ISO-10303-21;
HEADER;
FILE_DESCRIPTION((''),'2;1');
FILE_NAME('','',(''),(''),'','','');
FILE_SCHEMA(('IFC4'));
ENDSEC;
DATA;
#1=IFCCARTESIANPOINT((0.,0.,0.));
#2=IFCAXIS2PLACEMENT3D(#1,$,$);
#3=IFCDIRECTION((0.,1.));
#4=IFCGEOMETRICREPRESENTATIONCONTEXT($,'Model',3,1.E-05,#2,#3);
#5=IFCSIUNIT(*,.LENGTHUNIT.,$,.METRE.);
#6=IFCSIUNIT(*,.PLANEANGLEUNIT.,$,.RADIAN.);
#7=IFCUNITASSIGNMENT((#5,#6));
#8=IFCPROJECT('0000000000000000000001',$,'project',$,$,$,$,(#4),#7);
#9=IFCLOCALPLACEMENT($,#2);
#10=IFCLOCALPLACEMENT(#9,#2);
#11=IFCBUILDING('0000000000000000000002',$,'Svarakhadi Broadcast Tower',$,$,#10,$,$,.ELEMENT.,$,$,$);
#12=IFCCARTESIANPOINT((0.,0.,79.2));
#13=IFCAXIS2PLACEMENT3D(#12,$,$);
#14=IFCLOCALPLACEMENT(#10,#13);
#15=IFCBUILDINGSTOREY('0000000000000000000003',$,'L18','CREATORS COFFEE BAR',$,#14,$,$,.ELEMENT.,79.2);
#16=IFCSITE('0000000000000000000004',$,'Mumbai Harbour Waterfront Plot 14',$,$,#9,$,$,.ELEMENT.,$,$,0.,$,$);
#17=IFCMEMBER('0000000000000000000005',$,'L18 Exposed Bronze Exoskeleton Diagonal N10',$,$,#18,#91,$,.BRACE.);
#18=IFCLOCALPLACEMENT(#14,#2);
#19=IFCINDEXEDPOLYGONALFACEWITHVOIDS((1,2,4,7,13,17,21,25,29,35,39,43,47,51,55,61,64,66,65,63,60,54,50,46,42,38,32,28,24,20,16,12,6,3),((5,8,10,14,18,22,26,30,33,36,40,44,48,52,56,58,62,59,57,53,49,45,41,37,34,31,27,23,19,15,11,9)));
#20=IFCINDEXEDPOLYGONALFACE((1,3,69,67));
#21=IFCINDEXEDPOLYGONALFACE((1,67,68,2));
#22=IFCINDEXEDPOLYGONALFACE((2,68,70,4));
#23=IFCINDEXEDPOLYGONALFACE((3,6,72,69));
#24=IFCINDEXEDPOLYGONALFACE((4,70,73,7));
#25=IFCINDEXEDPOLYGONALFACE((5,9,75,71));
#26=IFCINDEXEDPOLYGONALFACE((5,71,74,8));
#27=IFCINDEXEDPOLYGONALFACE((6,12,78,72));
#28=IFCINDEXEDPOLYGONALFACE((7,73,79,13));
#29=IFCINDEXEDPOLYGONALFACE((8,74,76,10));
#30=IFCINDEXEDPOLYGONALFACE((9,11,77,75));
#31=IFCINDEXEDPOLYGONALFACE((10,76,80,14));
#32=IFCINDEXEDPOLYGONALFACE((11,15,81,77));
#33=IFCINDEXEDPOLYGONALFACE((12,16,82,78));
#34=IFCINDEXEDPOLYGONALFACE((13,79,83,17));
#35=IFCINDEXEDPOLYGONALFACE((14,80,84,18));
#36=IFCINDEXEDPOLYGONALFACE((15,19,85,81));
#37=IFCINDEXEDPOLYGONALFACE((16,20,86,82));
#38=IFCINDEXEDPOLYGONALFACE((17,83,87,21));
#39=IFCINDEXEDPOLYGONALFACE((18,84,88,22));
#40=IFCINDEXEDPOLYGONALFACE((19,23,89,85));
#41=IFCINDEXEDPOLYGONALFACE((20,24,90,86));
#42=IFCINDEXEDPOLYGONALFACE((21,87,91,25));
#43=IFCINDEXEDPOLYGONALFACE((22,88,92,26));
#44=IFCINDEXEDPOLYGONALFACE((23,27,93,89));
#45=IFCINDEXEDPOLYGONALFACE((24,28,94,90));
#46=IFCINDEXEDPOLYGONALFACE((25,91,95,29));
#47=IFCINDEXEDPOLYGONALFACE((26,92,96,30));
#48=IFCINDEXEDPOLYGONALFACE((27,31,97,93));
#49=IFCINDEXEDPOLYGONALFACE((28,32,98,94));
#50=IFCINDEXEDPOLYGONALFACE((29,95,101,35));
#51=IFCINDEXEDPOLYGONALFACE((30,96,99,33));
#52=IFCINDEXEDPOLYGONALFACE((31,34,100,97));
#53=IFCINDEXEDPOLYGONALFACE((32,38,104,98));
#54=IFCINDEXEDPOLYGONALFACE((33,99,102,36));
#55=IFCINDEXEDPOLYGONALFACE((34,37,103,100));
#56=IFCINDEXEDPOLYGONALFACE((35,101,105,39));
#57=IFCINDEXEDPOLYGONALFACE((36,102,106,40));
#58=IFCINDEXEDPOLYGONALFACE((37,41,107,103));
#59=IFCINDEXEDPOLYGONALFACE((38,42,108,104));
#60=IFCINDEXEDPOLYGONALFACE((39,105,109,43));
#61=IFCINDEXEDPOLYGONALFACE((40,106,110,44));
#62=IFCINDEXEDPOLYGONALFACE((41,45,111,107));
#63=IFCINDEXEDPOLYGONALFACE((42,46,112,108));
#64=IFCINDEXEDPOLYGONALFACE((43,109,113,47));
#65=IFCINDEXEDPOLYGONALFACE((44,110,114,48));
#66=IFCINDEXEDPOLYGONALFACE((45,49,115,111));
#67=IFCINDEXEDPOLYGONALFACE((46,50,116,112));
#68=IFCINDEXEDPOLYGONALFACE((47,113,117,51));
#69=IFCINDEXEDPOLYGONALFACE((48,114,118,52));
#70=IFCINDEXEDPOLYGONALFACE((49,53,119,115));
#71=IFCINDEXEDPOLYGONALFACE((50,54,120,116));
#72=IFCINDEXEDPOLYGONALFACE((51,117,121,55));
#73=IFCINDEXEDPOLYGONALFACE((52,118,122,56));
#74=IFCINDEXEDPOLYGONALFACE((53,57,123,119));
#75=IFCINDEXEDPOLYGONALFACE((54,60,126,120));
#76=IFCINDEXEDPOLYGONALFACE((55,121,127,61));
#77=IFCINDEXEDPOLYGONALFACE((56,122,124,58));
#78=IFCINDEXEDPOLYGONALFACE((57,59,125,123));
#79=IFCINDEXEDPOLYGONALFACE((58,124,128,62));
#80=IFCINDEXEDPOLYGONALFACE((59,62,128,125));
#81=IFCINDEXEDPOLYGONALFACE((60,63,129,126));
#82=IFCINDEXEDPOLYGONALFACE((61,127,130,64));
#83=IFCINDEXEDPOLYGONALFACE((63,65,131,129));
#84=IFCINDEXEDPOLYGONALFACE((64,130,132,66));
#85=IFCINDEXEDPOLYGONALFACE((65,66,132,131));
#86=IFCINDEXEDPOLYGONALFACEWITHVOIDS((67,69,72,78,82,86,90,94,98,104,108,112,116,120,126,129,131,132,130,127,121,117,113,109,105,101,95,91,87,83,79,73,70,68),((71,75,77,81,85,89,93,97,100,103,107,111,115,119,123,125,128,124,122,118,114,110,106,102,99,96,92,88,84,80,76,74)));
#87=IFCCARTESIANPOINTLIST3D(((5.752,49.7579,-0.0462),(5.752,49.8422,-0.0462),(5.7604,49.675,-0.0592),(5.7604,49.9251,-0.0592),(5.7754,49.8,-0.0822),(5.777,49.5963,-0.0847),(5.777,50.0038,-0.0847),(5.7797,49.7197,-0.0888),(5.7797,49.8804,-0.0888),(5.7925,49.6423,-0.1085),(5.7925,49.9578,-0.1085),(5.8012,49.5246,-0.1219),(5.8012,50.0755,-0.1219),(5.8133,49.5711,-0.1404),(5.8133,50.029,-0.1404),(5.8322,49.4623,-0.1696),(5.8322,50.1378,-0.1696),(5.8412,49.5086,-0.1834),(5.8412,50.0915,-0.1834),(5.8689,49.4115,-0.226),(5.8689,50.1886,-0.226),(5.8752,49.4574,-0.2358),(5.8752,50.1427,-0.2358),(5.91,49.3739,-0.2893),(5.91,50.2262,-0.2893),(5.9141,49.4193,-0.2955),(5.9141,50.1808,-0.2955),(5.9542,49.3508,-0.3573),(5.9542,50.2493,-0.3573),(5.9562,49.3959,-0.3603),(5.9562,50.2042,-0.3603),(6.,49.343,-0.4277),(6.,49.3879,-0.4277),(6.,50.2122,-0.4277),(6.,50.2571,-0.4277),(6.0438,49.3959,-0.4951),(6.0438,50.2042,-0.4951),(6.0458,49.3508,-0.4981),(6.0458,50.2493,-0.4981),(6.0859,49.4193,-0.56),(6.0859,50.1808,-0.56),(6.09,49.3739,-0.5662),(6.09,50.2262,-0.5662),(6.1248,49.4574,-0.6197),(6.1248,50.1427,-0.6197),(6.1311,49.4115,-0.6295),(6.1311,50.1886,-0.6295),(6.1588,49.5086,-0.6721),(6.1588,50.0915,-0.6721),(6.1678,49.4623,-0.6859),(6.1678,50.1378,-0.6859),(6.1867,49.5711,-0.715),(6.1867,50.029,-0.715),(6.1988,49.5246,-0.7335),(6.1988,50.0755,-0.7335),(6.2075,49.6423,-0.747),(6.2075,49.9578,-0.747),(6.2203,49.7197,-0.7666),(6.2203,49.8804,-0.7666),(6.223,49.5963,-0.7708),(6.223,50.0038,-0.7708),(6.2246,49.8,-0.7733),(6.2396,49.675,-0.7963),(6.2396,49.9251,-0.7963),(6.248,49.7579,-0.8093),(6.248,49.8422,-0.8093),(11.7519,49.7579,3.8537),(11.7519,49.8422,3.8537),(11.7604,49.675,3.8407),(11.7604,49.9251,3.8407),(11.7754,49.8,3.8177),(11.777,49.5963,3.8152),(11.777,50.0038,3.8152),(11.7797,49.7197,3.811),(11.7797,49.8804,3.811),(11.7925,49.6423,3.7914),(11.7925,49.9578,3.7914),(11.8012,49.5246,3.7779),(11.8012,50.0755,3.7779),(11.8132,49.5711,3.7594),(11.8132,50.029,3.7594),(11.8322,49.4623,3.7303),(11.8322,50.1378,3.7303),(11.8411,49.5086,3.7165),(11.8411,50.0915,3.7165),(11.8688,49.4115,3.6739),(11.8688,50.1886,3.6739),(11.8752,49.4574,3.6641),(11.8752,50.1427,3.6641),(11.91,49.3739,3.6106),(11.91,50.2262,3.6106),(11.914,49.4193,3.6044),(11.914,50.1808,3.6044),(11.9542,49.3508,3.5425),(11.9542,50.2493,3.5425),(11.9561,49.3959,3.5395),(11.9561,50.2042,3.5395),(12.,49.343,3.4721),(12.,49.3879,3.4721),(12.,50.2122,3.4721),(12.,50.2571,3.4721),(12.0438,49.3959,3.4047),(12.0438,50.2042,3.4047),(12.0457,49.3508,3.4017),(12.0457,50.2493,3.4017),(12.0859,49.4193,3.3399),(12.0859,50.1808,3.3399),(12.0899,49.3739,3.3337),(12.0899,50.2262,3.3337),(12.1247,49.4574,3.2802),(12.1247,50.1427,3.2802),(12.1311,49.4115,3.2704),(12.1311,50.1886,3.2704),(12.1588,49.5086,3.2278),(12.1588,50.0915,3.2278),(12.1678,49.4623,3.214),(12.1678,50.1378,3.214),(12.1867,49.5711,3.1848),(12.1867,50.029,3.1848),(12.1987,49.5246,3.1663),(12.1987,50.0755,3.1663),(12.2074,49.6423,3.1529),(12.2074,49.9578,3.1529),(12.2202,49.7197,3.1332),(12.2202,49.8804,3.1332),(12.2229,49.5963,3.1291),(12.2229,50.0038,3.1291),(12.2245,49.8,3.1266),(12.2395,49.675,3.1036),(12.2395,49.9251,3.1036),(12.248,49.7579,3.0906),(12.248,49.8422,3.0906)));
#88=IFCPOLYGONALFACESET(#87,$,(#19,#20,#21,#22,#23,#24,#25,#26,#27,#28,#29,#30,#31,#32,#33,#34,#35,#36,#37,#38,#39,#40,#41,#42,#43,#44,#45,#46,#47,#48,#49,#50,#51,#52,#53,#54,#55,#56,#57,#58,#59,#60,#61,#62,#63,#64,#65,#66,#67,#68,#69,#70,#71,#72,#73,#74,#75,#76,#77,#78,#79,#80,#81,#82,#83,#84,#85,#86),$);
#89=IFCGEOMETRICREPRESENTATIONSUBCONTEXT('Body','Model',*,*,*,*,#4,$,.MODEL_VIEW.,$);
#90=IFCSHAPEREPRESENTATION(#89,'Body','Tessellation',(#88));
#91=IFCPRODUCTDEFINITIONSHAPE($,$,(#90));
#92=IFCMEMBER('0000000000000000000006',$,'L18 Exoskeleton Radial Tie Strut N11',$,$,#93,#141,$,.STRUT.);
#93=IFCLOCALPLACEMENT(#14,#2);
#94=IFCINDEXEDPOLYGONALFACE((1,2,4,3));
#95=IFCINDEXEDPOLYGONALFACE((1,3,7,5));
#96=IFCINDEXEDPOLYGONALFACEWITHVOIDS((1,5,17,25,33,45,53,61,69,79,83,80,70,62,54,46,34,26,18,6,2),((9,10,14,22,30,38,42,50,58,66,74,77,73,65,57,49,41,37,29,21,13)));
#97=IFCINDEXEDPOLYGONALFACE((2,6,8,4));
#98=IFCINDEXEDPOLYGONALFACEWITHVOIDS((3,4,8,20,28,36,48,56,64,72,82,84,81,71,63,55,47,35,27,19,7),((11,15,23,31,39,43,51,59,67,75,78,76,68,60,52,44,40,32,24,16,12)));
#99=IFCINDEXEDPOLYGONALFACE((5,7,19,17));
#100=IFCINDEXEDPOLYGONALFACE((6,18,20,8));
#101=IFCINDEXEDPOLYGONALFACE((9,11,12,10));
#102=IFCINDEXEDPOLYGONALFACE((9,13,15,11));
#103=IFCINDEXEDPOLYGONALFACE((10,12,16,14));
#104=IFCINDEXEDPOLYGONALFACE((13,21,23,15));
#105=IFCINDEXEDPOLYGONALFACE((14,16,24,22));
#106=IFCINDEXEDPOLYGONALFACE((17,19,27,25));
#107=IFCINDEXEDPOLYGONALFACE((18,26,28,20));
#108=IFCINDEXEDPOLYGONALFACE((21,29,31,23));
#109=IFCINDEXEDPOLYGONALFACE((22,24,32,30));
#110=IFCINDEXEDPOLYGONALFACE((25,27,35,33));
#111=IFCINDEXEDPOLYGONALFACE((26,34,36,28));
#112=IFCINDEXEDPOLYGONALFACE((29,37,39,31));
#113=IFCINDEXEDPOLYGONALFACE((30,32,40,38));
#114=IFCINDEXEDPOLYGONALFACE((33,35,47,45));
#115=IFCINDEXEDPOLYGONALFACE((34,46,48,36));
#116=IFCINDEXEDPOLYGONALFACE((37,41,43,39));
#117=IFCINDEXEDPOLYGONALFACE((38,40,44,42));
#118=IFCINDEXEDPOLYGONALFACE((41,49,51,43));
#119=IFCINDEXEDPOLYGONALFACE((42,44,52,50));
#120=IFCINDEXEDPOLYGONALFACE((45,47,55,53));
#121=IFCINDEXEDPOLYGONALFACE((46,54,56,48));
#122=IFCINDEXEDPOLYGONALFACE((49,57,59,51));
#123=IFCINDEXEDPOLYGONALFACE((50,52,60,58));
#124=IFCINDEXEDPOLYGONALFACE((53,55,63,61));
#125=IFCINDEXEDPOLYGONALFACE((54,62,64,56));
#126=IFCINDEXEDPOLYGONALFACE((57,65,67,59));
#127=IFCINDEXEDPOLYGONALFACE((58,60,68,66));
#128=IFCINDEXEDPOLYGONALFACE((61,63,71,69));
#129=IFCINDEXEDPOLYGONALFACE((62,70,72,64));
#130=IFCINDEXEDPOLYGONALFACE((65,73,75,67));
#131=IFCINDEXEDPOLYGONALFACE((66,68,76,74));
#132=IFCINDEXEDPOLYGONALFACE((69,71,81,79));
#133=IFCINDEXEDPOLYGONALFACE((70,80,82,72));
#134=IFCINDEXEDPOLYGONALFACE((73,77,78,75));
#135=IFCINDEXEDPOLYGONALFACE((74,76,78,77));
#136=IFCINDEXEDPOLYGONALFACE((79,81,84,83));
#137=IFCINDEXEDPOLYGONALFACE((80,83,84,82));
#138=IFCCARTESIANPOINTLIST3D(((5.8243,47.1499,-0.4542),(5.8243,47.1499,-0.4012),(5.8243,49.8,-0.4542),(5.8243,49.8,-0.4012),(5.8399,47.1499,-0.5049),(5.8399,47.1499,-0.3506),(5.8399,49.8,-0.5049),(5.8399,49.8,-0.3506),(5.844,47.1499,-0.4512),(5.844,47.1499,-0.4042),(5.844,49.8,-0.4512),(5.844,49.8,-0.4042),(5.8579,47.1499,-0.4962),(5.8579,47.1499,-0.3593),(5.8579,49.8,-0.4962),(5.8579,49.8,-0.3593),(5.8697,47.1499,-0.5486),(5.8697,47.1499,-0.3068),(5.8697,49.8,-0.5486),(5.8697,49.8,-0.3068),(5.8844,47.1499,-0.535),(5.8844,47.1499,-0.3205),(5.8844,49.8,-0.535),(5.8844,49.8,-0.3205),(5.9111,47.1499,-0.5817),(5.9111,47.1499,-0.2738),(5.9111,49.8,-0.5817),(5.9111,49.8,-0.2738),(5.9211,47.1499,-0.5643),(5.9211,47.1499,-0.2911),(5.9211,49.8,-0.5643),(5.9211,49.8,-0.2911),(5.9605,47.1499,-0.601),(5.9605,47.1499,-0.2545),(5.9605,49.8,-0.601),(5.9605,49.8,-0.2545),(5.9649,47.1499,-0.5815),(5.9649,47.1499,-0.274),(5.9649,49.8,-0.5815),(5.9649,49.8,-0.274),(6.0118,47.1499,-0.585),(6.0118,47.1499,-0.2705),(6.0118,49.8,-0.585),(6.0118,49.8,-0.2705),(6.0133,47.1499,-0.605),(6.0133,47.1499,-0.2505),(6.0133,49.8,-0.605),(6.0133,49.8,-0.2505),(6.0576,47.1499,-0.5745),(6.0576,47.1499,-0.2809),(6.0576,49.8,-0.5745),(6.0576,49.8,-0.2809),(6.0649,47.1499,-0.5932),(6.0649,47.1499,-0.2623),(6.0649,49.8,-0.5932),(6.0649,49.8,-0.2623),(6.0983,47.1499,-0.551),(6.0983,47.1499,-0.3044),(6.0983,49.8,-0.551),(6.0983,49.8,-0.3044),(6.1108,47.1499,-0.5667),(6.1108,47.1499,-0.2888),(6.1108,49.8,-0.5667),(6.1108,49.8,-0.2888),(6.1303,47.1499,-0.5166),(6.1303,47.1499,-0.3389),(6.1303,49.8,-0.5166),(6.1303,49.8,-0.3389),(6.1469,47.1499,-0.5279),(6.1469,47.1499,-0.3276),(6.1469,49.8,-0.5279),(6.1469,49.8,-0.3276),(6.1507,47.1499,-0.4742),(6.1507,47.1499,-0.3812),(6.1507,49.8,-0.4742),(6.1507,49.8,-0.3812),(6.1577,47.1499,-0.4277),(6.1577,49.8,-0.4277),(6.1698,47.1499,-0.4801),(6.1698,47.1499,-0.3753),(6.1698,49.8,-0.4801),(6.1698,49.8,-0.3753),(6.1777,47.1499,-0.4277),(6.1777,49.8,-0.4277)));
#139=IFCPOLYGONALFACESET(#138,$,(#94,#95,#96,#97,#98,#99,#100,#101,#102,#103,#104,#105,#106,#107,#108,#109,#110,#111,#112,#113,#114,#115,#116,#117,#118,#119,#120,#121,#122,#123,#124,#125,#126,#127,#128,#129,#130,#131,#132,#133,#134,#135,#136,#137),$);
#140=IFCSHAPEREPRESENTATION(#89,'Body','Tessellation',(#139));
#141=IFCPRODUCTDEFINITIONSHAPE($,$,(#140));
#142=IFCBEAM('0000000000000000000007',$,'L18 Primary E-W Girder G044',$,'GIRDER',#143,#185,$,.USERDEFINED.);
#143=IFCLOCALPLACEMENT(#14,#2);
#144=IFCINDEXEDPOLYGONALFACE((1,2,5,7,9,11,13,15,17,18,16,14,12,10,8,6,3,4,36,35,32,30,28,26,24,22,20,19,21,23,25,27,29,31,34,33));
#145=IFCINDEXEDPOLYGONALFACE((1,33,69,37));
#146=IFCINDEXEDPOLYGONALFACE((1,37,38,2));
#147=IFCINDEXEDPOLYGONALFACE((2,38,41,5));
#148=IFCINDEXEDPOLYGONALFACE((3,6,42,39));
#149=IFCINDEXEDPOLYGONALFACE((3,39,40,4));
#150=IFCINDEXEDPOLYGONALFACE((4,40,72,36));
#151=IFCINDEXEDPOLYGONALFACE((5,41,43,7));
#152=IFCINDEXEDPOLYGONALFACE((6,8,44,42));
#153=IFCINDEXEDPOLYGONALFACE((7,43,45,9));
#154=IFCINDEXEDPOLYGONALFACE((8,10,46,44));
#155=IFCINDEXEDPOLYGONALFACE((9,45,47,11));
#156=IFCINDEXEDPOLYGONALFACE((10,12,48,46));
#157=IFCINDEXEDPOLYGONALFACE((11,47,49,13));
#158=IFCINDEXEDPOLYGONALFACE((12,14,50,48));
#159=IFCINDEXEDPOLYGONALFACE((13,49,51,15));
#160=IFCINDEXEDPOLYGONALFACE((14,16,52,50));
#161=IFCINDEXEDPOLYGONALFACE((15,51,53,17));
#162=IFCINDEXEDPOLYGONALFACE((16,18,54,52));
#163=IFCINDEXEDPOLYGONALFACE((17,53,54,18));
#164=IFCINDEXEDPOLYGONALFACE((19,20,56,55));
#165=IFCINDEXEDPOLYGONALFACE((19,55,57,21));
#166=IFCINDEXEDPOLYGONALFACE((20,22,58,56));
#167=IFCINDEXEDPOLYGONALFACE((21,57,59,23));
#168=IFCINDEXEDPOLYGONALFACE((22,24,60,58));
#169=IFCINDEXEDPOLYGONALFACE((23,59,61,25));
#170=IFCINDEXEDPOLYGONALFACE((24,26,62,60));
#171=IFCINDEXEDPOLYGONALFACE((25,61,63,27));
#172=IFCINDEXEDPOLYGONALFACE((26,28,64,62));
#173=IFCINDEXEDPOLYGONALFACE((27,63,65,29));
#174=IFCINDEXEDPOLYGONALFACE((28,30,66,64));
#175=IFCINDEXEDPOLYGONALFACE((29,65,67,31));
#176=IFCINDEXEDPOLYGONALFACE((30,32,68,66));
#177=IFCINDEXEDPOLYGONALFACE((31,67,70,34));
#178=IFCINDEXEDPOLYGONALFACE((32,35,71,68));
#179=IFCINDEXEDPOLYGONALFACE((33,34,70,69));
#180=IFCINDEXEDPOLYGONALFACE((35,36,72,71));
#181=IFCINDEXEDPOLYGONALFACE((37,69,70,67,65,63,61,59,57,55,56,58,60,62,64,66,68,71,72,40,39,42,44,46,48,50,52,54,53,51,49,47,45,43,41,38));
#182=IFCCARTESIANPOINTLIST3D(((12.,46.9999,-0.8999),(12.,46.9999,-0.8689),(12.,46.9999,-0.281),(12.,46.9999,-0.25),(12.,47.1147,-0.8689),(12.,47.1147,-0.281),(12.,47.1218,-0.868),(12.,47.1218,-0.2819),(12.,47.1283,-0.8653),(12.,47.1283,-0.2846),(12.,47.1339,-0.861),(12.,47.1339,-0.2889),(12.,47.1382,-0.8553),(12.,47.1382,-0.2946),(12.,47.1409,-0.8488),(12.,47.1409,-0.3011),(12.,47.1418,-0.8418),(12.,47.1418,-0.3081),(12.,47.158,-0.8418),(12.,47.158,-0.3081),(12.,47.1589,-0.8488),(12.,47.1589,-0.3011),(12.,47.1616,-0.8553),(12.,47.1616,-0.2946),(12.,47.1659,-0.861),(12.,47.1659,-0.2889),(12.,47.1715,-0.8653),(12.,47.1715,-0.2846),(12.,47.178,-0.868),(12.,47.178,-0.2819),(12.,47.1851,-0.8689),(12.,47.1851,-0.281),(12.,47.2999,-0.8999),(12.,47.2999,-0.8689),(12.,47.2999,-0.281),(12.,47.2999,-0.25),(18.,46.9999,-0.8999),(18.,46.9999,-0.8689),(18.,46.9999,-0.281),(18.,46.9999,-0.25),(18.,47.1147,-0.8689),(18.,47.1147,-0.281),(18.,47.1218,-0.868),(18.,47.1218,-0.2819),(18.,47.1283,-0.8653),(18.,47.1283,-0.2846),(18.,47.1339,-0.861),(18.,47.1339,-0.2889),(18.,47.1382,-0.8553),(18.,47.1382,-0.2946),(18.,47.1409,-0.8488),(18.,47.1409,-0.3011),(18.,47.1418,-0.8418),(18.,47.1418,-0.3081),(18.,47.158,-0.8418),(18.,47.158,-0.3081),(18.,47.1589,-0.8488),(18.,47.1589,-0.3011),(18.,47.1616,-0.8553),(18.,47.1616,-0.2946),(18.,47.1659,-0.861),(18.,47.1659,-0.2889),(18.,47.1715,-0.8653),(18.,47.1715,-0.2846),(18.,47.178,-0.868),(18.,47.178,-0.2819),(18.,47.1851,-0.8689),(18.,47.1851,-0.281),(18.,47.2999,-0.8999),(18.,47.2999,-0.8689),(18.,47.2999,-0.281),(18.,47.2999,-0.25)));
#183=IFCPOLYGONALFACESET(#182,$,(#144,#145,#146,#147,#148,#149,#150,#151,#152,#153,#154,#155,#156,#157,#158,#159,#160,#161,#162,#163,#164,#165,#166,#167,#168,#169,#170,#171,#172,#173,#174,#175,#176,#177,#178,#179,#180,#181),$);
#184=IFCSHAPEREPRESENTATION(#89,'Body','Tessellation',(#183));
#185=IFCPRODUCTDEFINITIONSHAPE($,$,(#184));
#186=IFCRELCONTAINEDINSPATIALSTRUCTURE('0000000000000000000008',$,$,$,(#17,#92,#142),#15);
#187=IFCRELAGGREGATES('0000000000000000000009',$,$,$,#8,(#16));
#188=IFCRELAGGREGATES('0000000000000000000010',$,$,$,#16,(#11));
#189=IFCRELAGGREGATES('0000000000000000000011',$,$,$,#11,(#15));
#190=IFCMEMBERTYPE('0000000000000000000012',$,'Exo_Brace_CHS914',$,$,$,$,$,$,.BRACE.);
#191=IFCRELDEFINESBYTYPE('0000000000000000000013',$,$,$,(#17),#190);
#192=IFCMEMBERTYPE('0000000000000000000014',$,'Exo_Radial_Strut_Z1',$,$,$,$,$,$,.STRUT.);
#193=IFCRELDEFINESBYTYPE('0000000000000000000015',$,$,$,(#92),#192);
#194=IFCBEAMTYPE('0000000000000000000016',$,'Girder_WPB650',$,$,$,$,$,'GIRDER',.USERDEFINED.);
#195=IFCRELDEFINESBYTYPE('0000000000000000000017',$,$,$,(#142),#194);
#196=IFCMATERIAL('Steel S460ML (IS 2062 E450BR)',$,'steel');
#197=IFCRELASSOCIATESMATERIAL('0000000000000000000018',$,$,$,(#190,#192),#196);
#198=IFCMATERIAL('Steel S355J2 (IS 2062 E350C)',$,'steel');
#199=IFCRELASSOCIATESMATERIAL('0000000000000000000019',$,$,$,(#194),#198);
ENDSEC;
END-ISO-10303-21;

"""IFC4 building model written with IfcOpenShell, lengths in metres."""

from ifc_helpers import new_model, si_unit, direction, frame, origin, origin_2d, place, context, subcontext, project, spatial, hollow_circle, i_section, extrude, material, material_profile, profile_set, type_object, element, save


model = new_model("IFC4")

# Units and contexts
model_context = context("Model", 3, precision=1e-05, world=origin(), true_north=direction((0.0, 1.0)))
body_context = subcontext(model_context, "Body", "Model", "MODEL_VIEW")
ifc_project = project(units=[si_unit("LENGTHUNIT", "METRE"), si_unit("PLANEANGLEUNIT", "RADIAN")], contexts=[model_context])

# Site, building, storey
site_placement = place(None, origin())
site = spatial("IfcSite", under=ifc_project, at=site_placement, Name="Mumbai Harbour Waterfront Plot 14", CompositionType="ELEMENT", RefElevation=0.0)
building_placement = place(site_placement, origin())
building = spatial("IfcBuilding", under=site, at=building_placement, Name="Svarakhadi Broadcast Tower", CompositionType="ELEMENT")
storey_placement = place(building_placement, frame((0.0, 0.0, 79.2)))
storey = spatial("IfcBuildingStorey", under=building, at=storey_placement, Name="L18", Description="CREATORS COFFEE BAR", CompositionType="ELEMENT", Elevation=79.2)

# Shared definitions
ifc_material_1 = material(Name="Steel S460ML (IS 2062 E450BR)", Category="steel")

# Members
ifc_material_profile_1 = material_profile(ifc_material_1, hollow_circle(Radius=0.457, WallThickness=0.0449, at=origin_2d()), Name="CHS 914x45")
ifc_profile_set_1 = profile_set([ifc_material_profile_1], Name="Steel S460ML (IS 2062 E450BR)")
member_type_1 = type_object("IfcMemberType", Name="Exo_Brace_CHS914", PredefinedType="BRACE", material=ifc_profile_set_1)
member_1_placement = place(storey_placement, frame((6.0, 49.8, -0.4277), z_axis=(0.83845, 0.0, 0.544979), x_axis=(0.0, 1.0, 0.0)))
element("IfcMember", 1, at=member_1_placement, inside=storey, type_object=member_type_1, Name="L18 Exposed Bronze Exoskeleton Diagonal N10", PredefinedType="BRACE", context=body_context, shape_type="SweptSolid", body=[
    extrude(hollow_circle(Radius=0.457, WallThickness=0.0449, at=origin_2d()), origin(), (0.0, 0.0, 1.0), 7.156),
])
ifc_material_profile_2 = material_profile(ifc_material_1, hollow_circle(Radius=0.1777, WallThickness=0.02, at=origin_2d()), Name="CHS 355.6x20")
ifc_profile_set_2 = profile_set([ifc_material_profile_2], Name="Steel S460ML (IS 2062 E450BR)")
member_type_2 = type_object("IfcMemberType", Name="Exo_Radial_Strut_Z1", PredefinedType="STRUT", material=ifc_profile_set_2)
member_2_placement = place(storey_placement, frame((6.0, 49.8, -0.4277), z_axis=(0.0, -1.0, 0.0), x_axis=(1.0, 0.0, 0.0)))
element("IfcMember", 2, at=member_2_placement, inside=storey, type_object=member_type_2, Name="L18 Exoskeleton Radial Tie Strut N11", PredefinedType="STRUT", context=body_context, shape_type="SweptSolid", body=[
    extrude(hollow_circle(Radius=0.1777, WallThickness=0.02, at=origin_2d()), origin(), (0.0, 0.0, 1.0), 2.6501),
])

# Beam
ifc_material_2 = material(Name="Steel S355J2 (IS 2062 E350C)", Category="steel")
ifc_material_profile_3 = material_profile(ifc_material_2, i_section(OverallWidth=0.3, OverallDepth=0.6499, WebThickness=0.0161, FlangeThickness=0.031, FilletRadius=0.0271, at=origin_2d()), Name="WPB 650x300x225")
ifc_profile_set_3 = profile_set([ifc_material_profile_3], Name="Steel S355J2 (IS 2062 E350C)")
beam_type = type_object("IfcBeamType", Name="Girder_WPB650", ElementType="GIRDER", PredefinedType="USERDEFINED", material=ifc_profile_set_3)
beam_placement = place(storey_placement, frame((12.0, 47.1499, -0.575), z_axis=(1.0, 0.0, 0.0), x_axis=(0.0, 1.0, 0.0)))
element("IfcBeam", 3, at=beam_placement, inside=storey, type_object=beam_type, Name="L18 Primary E-W Girder G044", ObjectType="GIRDER", PredefinedType="USERDEFINED", context=body_context, shape_type="SweptSolid", body=[
    extrude(i_section(OverallWidth=0.3, OverallDepth=0.6499, WebThickness=0.0161, FlangeThickness=0.031, FilletRadius=0.0271, at=origin_2d()), origin(), (0.0, 0.0, 1.0), 6.0),
])

save(model, "model.ifc")
